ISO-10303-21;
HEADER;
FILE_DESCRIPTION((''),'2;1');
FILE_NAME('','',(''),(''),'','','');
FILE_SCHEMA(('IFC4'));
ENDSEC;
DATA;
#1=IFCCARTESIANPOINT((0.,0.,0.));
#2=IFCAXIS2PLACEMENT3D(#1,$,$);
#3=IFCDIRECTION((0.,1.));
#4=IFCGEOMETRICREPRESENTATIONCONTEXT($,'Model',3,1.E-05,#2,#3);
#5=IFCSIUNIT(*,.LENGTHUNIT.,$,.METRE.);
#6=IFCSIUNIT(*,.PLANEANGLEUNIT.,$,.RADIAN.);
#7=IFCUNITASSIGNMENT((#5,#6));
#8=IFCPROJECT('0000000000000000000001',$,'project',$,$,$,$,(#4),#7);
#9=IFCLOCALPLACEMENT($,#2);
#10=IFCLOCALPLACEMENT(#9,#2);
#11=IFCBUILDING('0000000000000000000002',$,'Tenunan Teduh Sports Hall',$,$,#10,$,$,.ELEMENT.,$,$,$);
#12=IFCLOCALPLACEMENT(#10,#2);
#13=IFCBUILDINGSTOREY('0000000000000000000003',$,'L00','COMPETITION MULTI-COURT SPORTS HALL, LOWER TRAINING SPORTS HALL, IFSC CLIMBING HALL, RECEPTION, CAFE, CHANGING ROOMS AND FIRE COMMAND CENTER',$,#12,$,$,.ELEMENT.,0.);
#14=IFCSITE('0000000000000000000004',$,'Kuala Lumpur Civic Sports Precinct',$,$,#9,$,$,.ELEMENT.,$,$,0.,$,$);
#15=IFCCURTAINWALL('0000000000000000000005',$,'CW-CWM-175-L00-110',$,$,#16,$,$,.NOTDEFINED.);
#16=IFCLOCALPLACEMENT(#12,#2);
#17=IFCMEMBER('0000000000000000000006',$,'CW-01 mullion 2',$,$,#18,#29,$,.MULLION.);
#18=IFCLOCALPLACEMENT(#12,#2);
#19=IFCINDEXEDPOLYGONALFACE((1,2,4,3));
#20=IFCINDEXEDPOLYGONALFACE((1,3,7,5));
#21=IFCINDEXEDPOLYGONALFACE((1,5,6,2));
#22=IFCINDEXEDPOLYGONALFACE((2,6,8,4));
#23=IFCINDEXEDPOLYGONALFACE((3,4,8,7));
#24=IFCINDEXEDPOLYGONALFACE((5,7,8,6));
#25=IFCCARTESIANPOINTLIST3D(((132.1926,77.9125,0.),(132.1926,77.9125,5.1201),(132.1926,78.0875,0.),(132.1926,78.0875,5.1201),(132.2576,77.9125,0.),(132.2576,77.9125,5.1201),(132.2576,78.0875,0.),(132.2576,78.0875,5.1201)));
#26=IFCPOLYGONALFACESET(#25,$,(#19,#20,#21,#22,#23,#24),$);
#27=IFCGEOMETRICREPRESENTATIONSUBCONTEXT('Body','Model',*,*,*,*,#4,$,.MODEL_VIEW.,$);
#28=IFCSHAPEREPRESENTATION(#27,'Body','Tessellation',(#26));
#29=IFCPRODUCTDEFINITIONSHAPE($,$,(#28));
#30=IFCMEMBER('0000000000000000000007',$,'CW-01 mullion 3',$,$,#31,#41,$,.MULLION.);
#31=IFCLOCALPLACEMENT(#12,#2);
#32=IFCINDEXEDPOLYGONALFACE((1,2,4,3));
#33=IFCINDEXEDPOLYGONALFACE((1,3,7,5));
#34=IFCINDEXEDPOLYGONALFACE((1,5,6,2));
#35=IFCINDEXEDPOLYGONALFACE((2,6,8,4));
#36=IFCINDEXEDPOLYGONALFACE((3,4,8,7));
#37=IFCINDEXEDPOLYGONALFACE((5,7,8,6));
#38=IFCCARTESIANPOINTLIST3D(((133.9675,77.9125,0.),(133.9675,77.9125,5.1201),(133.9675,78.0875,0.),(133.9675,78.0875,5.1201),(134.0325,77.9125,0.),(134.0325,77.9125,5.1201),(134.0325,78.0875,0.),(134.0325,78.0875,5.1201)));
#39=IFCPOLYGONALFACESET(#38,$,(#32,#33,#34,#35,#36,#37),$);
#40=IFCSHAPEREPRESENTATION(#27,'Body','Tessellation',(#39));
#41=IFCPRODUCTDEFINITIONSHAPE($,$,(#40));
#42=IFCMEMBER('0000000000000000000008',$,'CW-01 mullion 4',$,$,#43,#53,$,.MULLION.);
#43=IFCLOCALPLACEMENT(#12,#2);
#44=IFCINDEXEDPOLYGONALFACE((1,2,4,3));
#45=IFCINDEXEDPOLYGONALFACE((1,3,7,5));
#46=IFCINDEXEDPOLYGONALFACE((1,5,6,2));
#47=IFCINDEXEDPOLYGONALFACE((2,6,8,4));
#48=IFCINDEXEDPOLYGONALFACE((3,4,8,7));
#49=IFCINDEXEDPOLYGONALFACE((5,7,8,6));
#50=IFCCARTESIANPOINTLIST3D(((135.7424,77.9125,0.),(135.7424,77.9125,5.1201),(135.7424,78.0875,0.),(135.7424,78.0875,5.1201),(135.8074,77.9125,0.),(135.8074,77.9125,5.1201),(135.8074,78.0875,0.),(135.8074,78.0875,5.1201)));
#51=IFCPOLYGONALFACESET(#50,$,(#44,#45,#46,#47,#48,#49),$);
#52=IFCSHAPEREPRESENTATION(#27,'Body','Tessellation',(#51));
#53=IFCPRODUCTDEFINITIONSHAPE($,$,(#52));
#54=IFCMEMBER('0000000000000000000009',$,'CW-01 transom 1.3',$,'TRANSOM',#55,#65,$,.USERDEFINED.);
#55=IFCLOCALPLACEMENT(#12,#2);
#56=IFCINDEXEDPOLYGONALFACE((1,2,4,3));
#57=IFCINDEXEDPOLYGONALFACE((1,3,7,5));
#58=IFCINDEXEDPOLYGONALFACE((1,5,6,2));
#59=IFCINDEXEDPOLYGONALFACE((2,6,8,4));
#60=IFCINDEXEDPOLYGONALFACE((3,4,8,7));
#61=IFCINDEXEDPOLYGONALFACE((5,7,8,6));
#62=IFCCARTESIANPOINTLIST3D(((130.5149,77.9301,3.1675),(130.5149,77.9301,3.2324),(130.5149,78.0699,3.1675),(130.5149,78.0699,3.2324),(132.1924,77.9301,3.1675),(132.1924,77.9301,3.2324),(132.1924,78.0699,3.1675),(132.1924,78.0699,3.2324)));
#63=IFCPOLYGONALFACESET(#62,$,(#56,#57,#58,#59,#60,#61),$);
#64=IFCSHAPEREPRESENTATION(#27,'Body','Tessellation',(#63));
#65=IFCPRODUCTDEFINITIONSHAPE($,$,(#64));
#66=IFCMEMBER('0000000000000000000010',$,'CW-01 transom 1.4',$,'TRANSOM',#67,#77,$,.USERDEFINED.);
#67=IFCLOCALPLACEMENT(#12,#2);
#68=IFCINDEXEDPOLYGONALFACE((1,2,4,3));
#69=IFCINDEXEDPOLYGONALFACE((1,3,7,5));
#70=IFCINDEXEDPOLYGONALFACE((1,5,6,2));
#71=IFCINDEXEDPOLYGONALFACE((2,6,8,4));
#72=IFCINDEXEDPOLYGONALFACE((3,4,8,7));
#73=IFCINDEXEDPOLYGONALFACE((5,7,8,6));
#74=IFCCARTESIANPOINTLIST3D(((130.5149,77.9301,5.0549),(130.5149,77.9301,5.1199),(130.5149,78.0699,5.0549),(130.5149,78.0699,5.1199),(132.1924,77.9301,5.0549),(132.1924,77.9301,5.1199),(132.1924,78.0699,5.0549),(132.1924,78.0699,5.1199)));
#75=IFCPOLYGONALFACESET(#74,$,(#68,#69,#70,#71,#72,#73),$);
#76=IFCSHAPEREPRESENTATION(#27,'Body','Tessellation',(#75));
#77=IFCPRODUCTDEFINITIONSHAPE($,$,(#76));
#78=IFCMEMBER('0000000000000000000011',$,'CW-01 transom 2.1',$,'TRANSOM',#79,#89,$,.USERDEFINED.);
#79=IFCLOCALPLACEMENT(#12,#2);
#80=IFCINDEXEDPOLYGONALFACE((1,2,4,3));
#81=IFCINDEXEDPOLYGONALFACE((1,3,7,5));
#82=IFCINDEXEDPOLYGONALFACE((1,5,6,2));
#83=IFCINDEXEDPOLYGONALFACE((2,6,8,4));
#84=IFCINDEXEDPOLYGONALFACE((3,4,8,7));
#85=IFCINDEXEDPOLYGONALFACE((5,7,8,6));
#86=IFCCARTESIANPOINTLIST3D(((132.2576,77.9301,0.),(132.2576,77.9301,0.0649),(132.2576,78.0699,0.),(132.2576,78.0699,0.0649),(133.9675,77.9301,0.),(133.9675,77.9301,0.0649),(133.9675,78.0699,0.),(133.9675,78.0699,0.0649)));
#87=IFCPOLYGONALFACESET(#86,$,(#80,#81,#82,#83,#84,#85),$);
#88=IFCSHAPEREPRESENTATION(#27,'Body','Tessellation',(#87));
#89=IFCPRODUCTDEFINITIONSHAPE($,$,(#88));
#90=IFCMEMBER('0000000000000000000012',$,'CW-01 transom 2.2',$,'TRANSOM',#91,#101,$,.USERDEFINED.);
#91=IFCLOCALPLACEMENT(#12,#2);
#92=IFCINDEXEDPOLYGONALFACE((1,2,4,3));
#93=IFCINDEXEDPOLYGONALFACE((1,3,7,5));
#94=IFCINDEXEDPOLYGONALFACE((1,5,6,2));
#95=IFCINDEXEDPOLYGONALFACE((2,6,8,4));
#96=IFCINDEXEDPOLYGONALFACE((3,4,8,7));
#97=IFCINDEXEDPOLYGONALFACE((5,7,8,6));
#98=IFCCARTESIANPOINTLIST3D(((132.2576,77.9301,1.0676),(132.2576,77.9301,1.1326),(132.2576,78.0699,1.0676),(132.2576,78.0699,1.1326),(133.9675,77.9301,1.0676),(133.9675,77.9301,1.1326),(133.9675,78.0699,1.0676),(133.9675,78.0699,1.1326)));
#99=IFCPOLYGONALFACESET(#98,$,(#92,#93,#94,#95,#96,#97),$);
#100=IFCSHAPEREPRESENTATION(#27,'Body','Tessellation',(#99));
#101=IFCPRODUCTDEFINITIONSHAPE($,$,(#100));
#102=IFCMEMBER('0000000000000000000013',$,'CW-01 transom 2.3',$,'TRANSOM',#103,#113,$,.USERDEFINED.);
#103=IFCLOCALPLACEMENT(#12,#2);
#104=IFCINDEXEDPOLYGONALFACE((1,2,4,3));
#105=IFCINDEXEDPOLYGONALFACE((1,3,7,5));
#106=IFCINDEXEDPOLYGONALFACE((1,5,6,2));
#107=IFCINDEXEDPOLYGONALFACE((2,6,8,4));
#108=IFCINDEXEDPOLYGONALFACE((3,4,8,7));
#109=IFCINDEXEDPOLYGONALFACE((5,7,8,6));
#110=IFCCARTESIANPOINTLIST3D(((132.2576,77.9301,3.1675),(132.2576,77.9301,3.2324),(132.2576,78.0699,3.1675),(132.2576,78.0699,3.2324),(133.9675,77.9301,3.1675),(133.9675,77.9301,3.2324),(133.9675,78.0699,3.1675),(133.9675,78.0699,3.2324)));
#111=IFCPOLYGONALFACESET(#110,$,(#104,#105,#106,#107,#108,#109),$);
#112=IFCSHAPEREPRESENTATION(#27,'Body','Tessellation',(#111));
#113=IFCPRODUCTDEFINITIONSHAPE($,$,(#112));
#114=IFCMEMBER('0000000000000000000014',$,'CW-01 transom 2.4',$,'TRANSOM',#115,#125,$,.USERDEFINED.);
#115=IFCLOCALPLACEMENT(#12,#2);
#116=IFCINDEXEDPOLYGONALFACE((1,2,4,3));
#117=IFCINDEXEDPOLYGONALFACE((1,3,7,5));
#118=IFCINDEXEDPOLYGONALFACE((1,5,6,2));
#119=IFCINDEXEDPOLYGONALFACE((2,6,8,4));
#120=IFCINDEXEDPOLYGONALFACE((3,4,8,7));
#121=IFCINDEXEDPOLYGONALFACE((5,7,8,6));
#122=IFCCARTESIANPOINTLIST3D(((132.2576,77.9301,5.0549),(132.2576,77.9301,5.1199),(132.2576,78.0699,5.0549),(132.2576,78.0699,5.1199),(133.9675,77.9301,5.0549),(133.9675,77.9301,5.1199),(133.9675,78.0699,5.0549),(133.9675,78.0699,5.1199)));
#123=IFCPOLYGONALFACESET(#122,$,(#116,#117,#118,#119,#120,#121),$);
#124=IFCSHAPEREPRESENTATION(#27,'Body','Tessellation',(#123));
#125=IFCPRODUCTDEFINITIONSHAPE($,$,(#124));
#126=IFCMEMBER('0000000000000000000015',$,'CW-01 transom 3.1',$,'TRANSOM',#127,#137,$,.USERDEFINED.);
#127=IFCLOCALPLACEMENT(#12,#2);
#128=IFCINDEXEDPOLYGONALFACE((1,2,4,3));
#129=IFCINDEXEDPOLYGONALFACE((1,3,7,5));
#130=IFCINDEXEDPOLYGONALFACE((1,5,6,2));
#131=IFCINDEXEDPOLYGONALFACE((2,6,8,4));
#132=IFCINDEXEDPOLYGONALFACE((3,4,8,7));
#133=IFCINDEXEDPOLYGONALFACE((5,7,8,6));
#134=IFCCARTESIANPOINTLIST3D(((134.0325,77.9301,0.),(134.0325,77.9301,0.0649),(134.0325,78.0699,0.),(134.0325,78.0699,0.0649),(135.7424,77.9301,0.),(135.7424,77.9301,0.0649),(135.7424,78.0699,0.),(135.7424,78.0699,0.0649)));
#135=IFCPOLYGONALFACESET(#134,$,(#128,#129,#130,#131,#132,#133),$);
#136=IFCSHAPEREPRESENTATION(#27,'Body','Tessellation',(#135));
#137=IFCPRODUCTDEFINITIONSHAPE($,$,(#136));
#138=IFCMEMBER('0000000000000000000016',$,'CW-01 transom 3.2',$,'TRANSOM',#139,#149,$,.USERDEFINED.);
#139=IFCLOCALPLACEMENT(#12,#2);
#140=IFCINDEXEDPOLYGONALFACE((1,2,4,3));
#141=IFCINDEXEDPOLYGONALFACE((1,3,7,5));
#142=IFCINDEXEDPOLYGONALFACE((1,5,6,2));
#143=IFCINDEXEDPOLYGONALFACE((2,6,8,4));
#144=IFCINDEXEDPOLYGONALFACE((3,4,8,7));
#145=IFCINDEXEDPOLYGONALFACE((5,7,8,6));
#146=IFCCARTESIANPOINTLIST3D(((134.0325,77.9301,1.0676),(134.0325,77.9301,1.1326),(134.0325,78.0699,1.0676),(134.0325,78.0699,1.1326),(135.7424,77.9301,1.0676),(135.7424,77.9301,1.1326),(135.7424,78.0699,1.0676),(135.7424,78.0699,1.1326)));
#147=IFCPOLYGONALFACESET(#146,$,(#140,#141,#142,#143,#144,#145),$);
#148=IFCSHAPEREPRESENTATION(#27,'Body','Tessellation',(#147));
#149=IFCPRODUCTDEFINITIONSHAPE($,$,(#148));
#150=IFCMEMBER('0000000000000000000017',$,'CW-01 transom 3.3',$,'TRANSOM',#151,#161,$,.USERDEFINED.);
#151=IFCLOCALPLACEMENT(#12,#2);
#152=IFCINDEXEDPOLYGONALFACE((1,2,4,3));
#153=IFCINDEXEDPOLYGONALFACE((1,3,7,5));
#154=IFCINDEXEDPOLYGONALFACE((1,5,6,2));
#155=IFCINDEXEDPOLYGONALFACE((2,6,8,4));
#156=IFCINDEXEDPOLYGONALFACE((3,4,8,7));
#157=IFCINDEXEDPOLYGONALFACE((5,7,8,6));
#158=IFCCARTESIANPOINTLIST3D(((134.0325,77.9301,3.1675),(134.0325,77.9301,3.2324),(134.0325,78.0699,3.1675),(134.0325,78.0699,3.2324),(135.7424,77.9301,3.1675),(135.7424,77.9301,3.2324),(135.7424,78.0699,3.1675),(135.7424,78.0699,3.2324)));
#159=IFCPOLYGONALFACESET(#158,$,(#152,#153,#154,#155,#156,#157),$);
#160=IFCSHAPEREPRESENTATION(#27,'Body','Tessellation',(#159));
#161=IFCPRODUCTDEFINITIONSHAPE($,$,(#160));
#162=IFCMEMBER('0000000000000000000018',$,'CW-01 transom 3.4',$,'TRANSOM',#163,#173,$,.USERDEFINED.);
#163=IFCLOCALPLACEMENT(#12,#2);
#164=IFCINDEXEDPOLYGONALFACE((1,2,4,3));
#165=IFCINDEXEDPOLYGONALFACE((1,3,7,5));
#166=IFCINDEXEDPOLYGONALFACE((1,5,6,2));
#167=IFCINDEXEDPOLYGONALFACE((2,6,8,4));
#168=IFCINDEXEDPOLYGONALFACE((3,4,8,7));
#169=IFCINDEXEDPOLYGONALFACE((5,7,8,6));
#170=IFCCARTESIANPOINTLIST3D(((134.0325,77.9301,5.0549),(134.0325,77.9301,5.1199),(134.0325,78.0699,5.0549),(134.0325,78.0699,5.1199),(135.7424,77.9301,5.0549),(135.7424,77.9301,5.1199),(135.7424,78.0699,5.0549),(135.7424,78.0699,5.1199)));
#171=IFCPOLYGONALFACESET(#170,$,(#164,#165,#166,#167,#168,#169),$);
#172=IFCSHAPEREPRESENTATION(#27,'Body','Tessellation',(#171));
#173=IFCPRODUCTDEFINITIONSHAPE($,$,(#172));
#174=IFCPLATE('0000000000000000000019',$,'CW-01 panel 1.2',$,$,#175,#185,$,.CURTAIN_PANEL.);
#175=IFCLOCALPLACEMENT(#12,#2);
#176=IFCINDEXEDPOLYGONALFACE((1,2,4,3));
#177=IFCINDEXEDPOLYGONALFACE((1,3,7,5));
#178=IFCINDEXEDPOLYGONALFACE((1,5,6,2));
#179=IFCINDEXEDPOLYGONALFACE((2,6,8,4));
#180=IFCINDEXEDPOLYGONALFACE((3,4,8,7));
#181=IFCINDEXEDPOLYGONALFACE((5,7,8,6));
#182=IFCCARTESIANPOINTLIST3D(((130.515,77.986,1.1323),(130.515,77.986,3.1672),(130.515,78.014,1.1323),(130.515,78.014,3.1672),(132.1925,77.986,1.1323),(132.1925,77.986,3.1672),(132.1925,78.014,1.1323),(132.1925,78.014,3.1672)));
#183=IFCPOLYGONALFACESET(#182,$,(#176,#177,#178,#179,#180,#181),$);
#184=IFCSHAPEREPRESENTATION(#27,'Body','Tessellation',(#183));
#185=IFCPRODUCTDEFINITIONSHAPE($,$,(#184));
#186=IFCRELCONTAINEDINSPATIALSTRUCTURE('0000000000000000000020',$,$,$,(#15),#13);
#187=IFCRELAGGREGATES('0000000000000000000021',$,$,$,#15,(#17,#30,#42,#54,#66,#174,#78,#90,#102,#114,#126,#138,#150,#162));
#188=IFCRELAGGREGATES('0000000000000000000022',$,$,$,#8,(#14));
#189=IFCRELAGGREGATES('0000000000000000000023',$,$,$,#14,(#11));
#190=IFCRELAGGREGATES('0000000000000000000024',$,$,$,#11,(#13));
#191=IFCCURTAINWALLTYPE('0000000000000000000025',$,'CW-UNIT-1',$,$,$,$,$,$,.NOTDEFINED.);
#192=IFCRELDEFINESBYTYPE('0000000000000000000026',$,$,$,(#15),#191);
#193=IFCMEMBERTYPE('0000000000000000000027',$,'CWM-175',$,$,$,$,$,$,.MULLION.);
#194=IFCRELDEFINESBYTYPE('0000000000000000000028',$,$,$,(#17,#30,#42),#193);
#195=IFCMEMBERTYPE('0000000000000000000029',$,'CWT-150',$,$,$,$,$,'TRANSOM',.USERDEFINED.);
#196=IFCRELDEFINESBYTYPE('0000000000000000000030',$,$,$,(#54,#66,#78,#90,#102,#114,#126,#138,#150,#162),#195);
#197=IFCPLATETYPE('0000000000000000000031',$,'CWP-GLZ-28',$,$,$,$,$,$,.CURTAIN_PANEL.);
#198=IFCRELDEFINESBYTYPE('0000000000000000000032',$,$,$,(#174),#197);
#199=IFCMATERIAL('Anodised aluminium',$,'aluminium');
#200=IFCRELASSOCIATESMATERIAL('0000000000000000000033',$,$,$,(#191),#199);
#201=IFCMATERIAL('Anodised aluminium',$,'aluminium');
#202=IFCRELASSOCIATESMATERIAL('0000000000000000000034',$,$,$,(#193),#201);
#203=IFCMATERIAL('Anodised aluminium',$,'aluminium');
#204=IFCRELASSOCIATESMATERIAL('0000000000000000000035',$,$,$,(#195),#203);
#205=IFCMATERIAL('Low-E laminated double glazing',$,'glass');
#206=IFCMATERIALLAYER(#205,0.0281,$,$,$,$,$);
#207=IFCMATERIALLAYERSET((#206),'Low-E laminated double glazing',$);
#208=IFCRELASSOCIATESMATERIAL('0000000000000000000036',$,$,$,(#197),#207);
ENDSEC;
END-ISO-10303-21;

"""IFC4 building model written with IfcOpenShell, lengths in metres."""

from ifc_helpers import new_model, si_unit, direction, frame, origin, origin_2d, place, context, subcontext, project, spatial, rectangle, extrude, material, layer, layer_set, material_profile, profile_set, type_object, element, aggregate, save


model = new_model("IFC4")

# Units and contexts
model_context = context("Model", 3, precision=1e-05, world=origin(), true_north=direction((0.0, 1.0)))
body_context = subcontext(model_context, "Body", "Model", "MODEL_VIEW")
ifc_project = project(units=[si_unit("LENGTHUNIT", "METRE"), si_unit("PLANEANGLEUNIT", "RADIAN")], contexts=[model_context])

# Site, building, storey
site_placement = place(None, origin())
site = spatial("IfcSite", under=ifc_project, at=site_placement, Name="Kuala Lumpur Civic Sports Precinct", CompositionType="ELEMENT", RefElevation=0.0)
building_placement = place(site_placement, origin())
building = spatial("IfcBuilding", under=site, at=building_placement, Name="Tenunan Teduh Sports Hall", CompositionType="ELEMENT")
storey_placement = place(building_placement, origin())
storey = spatial("IfcBuildingStorey", under=building, at=storey_placement, Name="L00", Description="COMPETITION MULTI-COURT SPORTS HALL, LOWER TRAINING SPORTS HALL, IFSC CLIMBING HALL, RECEPTION, CAFE, CHANGING ROOMS AND FIRE COMMAND CENTER", CompositionType="ELEMENT", Elevation=0.0)

# Curtain wall, members, plate
ifc_material_1 = material(Name="Anodised aluminium", Category="aluminium")
curtain_wall_type = type_object("IfcCurtainWallType", Name="CW-UNIT-1", PredefinedType="NOTDEFINED", material=ifc_material_1)
curtain_wall_placement = place(storey_placement, origin())
curtain_wall = element("IfcCurtainWall", 1, at=curtain_wall_placement, inside=storey, type_object=curtain_wall_type, Name="CW-CWM-175-L00-110", PredefinedType="NOTDEFINED")
ifc_material_2 = material(Name="Anodised aluminium", Category="aluminium")
ifc_material_profile_1 = material_profile(ifc_material_2, rectangle(XDim=0.0649, YDim=0.175, at=origin_2d()), Name="CWM 65x175")
ifc_profile_set_1 = profile_set([ifc_material_profile_1], Name="Anodised aluminium")
member_type_1 = type_object("IfcMemberType", Name="CWM-175", PredefinedType="MULLION", material=ifc_profile_set_1)
member_1_placement = place(storey_placement, frame((132.2251, 78.0, 0.0), z_axis=(0.0, 0.0, 1.0), x_axis=(1.0, 0.0, 0.0)))
member_1 = element("IfcMember", 2, at=member_1_placement, type_object=member_type_1, Name="CW-01 mullion 2", PredefinedType="MULLION", context=body_context, shape_type="SweptSolid", body=[
    extrude(rectangle(XDim=0.0649, YDim=0.175, at=origin_2d()), origin(), (0.0, 0.0, 1.0), 5.1201),
])
member_2_placement = place(storey_placement, frame((134.0, 78.0, 0.0), z_axis=(0.0, 0.0, 1.0), x_axis=(1.0, 0.0, 0.0)))
member_2 = element("IfcMember", 3, at=member_2_placement, type_object=member_type_1, Name="CW-01 mullion 3", PredefinedType="MULLION", context=body_context, shape_type="SweptSolid", body=[
    extrude(rectangle(XDim=0.0649, YDim=0.175, at=origin_2d()), origin(), (0.0, 0.0, 1.0), 5.1201),
])
member_3_placement = place(storey_placement, frame((135.7749, 78.0, 0.0), z_axis=(0.0, 0.0, 1.0), x_axis=(1.0, 0.0, 0.0)))
member_3 = element("IfcMember", 4, at=member_3_placement, type_object=member_type_1, Name="CW-01 mullion 4", PredefinedType="MULLION", context=body_context, shape_type="SweptSolid", body=[
    extrude(rectangle(XDim=0.0649, YDim=0.175, at=origin_2d()), origin(), (0.0, 0.0, 1.0), 5.1201),
])
ifc_material_3 = material(Name="Anodised aluminium", Category="aluminium")
ifc_material_profile_2 = material_profile(ifc_material_3, rectangle(XDim=0.0649, YDim=0.1399, at=origin_2d()), Name="CWT 65x140")
ifc_profile_set_2 = profile_set([ifc_material_profile_2], Name="Anodised aluminium")
member_type_2 = type_object("IfcMemberType", Name="CWT-150", ElementType="TRANSOM", PredefinedType="USERDEFINED", material=ifc_profile_set_2)
member_4_placement = place(storey_placement, frame((130.5149, 78.0, 3.2), z_axis=(1.0, 0.0, 0.0), x_axis=(0.0, 0.0, 1.0)))
member_4 = element("IfcMember", 5, at=member_4_placement, type_object=member_type_2, Name="CW-01 transom 1.3", ObjectType="TRANSOM", PredefinedType="USERDEFINED", context=body_context, shape_type="SweptSolid", body=[
    extrude(rectangle(XDim=0.0649, YDim=0.1399, at=origin_2d()), origin(), (0.0, 0.0, 1.0), 1.6775),
])
member_5_placement = place(storey_placement, frame((130.5149, 78.0, 5.0874), z_axis=(1.0, 0.0, 0.0), x_axis=(0.0, 0.0, 1.0)))
member_5 = element("IfcMember", 6, at=member_5_placement, type_object=member_type_2, Name="CW-01 transom 1.4", ObjectType="TRANSOM", PredefinedType="USERDEFINED", context=body_context, shape_type="SweptSolid", body=[
    extrude(rectangle(XDim=0.0649, YDim=0.1399, at=origin_2d()), origin(), (0.0, 0.0, 1.0), 1.6775),
])
member_6_placement = place(storey_placement, frame((132.2576, 78.0, 0.0325), z_axis=(1.0, 0.0, 0.0), x_axis=(0.0, 0.0, 1.0)))
member_6 = element("IfcMember", 7, at=member_6_placement, type_object=member_type_2, Name="CW-01 transom 2.1", ObjectType="TRANSOM", PredefinedType="USERDEFINED", context=body_context, shape_type="SweptSolid", body=[
    extrude(rectangle(XDim=0.0649, YDim=0.1399, at=origin_2d()), origin(), (0.0, 0.0, 1.0), 1.71),
])
member_7_placement = place(storey_placement, frame((132.2576, 78.0, 1.1001), z_axis=(1.0, 0.0, 0.0), x_axis=(0.0, 0.0, 1.0)))
member_7 = element("IfcMember", 8, at=member_7_placement, type_object=member_type_2, Name="CW-01 transom 2.2", ObjectType="TRANSOM", PredefinedType="USERDEFINED", context=body_context, shape_type="SweptSolid", body=[
    extrude(rectangle(XDim=0.0649, YDim=0.1399, at=origin_2d()), origin(), (0.0, 0.0, 1.0), 1.71),
])
member_8_placement = place(storey_placement, frame((132.2576, 78.0, 3.2), z_axis=(1.0, 0.0, 0.0), x_axis=(0.0, 0.0, 1.0)))
member_8 = element("IfcMember", 9, at=member_8_placement, type_object=member_type_2, Name="CW-01 transom 2.3", ObjectType="TRANSOM", PredefinedType="USERDEFINED", context=body_context, shape_type="SweptSolid", body=[
    extrude(rectangle(XDim=0.0649, YDim=0.1399, at=origin_2d()), origin(), (0.0, 0.0, 1.0), 1.71),
])
member_9_placement = place(storey_placement, frame((132.2576, 78.0, 5.0874), z_axis=(1.0, 0.0, 0.0), x_axis=(0.0, 0.0, 1.0)))
member_9 = element("IfcMember", 10, at=member_9_placement, type_object=member_type_2, Name="CW-01 transom 2.4", ObjectType="TRANSOM", PredefinedType="USERDEFINED", context=body_context, shape_type="SweptSolid", body=[
    extrude(rectangle(XDim=0.0649, YDim=0.1399, at=origin_2d()), origin(), (0.0, 0.0, 1.0), 1.71),
])
member_10_placement = place(storey_placement, frame((134.0325, 78.0, 0.0325), z_axis=(1.0, 0.0, 0.0), x_axis=(0.0, 0.0, 1.0)))
member_10 = element("IfcMember", 11, at=member_10_placement, type_object=member_type_2, Name="CW-01 transom 3.1", ObjectType="TRANSOM", PredefinedType="USERDEFINED", context=body_context, shape_type="SweptSolid", body=[
    extrude(rectangle(XDim=0.0649, YDim=0.1399, at=origin_2d()), origin(), (0.0, 0.0, 1.0), 1.71),
])
member_11_placement = place(storey_placement, frame((134.0325, 78.0, 1.1001), z_axis=(1.0, 0.0, 0.0), x_axis=(0.0, 0.0, 1.0)))
member_11 = element("IfcMember", 12, at=member_11_placement, type_object=member_type_2, Name="CW-01 transom 3.2", ObjectType="TRANSOM", PredefinedType="USERDEFINED", context=body_context, shape_type="SweptSolid", body=[
    extrude(rectangle(XDim=0.0649, YDim=0.1399, at=origin_2d()), origin(), (0.0, 0.0, 1.0), 1.71),
])
member_12_placement = place(storey_placement, frame((134.0325, 78.0, 3.2), z_axis=(1.0, 0.0, 0.0), x_axis=(0.0, 0.0, 1.0)))
member_12 = element("IfcMember", 13, at=member_12_placement, type_object=member_type_2, Name="CW-01 transom 3.3", ObjectType="TRANSOM", PredefinedType="USERDEFINED", context=body_context, shape_type="SweptSolid", body=[
    extrude(rectangle(XDim=0.0649, YDim=0.1399, at=origin_2d()), origin(), (0.0, 0.0, 1.0), 1.71),
])
member_13_placement = place(storey_placement, frame((134.0325, 78.0, 5.0874), z_axis=(1.0, 0.0, 0.0), x_axis=(0.0, 0.0, 1.0)))
member_13 = element("IfcMember", 14, at=member_13_placement, type_object=member_type_2, Name="CW-01 transom 3.4", ObjectType="TRANSOM", PredefinedType="USERDEFINED", context=body_context, shape_type="SweptSolid", body=[
    extrude(rectangle(XDim=0.0649, YDim=0.1399, at=origin_2d()), origin(), (0.0, 0.0, 1.0), 1.71),
])
ifc_material_4 = material(Name="Low-E laminated double glazing", Category="glass")
ifc_layer_1 = layer(ifc_material_4, 0.0281)
ifc_layer_set_1 = layer_set([ifc_layer_1], Name="Low-E laminated double glazing")
plate_type_1 = type_object("IfcPlateType", Name="CWP-GLZ-28", PredefinedType="CURTAIN_PANEL", material=ifc_layer_set_1)
plate_1_placement = place(storey_placement, frame((131.3538, 78.0, 1.1323), z_axis=(0.0, 0.0, 1.0), x_axis=(1.0, 0.0, 0.0)))
plate_1 = element("IfcPlate", 15, at=plate_1_placement, type_object=plate_type_1, Name="CW-01 panel 1.2", PredefinedType="CURTAIN_PANEL", context=body_context, shape_type="SweptSolid", body=[
    extrude(rectangle(XDim=1.6775, YDim=0.0281, at=origin_2d()), origin(), (0.0, 0.0, 1.0), 2.0349),
])
aggregate(curtain_wall, [member_1, member_2, member_3, member_4, member_5, plate_1, member_6, member_7, member_8, member_9, member_10, member_11, member_12, member_13])

save(model, "model.ifc")
